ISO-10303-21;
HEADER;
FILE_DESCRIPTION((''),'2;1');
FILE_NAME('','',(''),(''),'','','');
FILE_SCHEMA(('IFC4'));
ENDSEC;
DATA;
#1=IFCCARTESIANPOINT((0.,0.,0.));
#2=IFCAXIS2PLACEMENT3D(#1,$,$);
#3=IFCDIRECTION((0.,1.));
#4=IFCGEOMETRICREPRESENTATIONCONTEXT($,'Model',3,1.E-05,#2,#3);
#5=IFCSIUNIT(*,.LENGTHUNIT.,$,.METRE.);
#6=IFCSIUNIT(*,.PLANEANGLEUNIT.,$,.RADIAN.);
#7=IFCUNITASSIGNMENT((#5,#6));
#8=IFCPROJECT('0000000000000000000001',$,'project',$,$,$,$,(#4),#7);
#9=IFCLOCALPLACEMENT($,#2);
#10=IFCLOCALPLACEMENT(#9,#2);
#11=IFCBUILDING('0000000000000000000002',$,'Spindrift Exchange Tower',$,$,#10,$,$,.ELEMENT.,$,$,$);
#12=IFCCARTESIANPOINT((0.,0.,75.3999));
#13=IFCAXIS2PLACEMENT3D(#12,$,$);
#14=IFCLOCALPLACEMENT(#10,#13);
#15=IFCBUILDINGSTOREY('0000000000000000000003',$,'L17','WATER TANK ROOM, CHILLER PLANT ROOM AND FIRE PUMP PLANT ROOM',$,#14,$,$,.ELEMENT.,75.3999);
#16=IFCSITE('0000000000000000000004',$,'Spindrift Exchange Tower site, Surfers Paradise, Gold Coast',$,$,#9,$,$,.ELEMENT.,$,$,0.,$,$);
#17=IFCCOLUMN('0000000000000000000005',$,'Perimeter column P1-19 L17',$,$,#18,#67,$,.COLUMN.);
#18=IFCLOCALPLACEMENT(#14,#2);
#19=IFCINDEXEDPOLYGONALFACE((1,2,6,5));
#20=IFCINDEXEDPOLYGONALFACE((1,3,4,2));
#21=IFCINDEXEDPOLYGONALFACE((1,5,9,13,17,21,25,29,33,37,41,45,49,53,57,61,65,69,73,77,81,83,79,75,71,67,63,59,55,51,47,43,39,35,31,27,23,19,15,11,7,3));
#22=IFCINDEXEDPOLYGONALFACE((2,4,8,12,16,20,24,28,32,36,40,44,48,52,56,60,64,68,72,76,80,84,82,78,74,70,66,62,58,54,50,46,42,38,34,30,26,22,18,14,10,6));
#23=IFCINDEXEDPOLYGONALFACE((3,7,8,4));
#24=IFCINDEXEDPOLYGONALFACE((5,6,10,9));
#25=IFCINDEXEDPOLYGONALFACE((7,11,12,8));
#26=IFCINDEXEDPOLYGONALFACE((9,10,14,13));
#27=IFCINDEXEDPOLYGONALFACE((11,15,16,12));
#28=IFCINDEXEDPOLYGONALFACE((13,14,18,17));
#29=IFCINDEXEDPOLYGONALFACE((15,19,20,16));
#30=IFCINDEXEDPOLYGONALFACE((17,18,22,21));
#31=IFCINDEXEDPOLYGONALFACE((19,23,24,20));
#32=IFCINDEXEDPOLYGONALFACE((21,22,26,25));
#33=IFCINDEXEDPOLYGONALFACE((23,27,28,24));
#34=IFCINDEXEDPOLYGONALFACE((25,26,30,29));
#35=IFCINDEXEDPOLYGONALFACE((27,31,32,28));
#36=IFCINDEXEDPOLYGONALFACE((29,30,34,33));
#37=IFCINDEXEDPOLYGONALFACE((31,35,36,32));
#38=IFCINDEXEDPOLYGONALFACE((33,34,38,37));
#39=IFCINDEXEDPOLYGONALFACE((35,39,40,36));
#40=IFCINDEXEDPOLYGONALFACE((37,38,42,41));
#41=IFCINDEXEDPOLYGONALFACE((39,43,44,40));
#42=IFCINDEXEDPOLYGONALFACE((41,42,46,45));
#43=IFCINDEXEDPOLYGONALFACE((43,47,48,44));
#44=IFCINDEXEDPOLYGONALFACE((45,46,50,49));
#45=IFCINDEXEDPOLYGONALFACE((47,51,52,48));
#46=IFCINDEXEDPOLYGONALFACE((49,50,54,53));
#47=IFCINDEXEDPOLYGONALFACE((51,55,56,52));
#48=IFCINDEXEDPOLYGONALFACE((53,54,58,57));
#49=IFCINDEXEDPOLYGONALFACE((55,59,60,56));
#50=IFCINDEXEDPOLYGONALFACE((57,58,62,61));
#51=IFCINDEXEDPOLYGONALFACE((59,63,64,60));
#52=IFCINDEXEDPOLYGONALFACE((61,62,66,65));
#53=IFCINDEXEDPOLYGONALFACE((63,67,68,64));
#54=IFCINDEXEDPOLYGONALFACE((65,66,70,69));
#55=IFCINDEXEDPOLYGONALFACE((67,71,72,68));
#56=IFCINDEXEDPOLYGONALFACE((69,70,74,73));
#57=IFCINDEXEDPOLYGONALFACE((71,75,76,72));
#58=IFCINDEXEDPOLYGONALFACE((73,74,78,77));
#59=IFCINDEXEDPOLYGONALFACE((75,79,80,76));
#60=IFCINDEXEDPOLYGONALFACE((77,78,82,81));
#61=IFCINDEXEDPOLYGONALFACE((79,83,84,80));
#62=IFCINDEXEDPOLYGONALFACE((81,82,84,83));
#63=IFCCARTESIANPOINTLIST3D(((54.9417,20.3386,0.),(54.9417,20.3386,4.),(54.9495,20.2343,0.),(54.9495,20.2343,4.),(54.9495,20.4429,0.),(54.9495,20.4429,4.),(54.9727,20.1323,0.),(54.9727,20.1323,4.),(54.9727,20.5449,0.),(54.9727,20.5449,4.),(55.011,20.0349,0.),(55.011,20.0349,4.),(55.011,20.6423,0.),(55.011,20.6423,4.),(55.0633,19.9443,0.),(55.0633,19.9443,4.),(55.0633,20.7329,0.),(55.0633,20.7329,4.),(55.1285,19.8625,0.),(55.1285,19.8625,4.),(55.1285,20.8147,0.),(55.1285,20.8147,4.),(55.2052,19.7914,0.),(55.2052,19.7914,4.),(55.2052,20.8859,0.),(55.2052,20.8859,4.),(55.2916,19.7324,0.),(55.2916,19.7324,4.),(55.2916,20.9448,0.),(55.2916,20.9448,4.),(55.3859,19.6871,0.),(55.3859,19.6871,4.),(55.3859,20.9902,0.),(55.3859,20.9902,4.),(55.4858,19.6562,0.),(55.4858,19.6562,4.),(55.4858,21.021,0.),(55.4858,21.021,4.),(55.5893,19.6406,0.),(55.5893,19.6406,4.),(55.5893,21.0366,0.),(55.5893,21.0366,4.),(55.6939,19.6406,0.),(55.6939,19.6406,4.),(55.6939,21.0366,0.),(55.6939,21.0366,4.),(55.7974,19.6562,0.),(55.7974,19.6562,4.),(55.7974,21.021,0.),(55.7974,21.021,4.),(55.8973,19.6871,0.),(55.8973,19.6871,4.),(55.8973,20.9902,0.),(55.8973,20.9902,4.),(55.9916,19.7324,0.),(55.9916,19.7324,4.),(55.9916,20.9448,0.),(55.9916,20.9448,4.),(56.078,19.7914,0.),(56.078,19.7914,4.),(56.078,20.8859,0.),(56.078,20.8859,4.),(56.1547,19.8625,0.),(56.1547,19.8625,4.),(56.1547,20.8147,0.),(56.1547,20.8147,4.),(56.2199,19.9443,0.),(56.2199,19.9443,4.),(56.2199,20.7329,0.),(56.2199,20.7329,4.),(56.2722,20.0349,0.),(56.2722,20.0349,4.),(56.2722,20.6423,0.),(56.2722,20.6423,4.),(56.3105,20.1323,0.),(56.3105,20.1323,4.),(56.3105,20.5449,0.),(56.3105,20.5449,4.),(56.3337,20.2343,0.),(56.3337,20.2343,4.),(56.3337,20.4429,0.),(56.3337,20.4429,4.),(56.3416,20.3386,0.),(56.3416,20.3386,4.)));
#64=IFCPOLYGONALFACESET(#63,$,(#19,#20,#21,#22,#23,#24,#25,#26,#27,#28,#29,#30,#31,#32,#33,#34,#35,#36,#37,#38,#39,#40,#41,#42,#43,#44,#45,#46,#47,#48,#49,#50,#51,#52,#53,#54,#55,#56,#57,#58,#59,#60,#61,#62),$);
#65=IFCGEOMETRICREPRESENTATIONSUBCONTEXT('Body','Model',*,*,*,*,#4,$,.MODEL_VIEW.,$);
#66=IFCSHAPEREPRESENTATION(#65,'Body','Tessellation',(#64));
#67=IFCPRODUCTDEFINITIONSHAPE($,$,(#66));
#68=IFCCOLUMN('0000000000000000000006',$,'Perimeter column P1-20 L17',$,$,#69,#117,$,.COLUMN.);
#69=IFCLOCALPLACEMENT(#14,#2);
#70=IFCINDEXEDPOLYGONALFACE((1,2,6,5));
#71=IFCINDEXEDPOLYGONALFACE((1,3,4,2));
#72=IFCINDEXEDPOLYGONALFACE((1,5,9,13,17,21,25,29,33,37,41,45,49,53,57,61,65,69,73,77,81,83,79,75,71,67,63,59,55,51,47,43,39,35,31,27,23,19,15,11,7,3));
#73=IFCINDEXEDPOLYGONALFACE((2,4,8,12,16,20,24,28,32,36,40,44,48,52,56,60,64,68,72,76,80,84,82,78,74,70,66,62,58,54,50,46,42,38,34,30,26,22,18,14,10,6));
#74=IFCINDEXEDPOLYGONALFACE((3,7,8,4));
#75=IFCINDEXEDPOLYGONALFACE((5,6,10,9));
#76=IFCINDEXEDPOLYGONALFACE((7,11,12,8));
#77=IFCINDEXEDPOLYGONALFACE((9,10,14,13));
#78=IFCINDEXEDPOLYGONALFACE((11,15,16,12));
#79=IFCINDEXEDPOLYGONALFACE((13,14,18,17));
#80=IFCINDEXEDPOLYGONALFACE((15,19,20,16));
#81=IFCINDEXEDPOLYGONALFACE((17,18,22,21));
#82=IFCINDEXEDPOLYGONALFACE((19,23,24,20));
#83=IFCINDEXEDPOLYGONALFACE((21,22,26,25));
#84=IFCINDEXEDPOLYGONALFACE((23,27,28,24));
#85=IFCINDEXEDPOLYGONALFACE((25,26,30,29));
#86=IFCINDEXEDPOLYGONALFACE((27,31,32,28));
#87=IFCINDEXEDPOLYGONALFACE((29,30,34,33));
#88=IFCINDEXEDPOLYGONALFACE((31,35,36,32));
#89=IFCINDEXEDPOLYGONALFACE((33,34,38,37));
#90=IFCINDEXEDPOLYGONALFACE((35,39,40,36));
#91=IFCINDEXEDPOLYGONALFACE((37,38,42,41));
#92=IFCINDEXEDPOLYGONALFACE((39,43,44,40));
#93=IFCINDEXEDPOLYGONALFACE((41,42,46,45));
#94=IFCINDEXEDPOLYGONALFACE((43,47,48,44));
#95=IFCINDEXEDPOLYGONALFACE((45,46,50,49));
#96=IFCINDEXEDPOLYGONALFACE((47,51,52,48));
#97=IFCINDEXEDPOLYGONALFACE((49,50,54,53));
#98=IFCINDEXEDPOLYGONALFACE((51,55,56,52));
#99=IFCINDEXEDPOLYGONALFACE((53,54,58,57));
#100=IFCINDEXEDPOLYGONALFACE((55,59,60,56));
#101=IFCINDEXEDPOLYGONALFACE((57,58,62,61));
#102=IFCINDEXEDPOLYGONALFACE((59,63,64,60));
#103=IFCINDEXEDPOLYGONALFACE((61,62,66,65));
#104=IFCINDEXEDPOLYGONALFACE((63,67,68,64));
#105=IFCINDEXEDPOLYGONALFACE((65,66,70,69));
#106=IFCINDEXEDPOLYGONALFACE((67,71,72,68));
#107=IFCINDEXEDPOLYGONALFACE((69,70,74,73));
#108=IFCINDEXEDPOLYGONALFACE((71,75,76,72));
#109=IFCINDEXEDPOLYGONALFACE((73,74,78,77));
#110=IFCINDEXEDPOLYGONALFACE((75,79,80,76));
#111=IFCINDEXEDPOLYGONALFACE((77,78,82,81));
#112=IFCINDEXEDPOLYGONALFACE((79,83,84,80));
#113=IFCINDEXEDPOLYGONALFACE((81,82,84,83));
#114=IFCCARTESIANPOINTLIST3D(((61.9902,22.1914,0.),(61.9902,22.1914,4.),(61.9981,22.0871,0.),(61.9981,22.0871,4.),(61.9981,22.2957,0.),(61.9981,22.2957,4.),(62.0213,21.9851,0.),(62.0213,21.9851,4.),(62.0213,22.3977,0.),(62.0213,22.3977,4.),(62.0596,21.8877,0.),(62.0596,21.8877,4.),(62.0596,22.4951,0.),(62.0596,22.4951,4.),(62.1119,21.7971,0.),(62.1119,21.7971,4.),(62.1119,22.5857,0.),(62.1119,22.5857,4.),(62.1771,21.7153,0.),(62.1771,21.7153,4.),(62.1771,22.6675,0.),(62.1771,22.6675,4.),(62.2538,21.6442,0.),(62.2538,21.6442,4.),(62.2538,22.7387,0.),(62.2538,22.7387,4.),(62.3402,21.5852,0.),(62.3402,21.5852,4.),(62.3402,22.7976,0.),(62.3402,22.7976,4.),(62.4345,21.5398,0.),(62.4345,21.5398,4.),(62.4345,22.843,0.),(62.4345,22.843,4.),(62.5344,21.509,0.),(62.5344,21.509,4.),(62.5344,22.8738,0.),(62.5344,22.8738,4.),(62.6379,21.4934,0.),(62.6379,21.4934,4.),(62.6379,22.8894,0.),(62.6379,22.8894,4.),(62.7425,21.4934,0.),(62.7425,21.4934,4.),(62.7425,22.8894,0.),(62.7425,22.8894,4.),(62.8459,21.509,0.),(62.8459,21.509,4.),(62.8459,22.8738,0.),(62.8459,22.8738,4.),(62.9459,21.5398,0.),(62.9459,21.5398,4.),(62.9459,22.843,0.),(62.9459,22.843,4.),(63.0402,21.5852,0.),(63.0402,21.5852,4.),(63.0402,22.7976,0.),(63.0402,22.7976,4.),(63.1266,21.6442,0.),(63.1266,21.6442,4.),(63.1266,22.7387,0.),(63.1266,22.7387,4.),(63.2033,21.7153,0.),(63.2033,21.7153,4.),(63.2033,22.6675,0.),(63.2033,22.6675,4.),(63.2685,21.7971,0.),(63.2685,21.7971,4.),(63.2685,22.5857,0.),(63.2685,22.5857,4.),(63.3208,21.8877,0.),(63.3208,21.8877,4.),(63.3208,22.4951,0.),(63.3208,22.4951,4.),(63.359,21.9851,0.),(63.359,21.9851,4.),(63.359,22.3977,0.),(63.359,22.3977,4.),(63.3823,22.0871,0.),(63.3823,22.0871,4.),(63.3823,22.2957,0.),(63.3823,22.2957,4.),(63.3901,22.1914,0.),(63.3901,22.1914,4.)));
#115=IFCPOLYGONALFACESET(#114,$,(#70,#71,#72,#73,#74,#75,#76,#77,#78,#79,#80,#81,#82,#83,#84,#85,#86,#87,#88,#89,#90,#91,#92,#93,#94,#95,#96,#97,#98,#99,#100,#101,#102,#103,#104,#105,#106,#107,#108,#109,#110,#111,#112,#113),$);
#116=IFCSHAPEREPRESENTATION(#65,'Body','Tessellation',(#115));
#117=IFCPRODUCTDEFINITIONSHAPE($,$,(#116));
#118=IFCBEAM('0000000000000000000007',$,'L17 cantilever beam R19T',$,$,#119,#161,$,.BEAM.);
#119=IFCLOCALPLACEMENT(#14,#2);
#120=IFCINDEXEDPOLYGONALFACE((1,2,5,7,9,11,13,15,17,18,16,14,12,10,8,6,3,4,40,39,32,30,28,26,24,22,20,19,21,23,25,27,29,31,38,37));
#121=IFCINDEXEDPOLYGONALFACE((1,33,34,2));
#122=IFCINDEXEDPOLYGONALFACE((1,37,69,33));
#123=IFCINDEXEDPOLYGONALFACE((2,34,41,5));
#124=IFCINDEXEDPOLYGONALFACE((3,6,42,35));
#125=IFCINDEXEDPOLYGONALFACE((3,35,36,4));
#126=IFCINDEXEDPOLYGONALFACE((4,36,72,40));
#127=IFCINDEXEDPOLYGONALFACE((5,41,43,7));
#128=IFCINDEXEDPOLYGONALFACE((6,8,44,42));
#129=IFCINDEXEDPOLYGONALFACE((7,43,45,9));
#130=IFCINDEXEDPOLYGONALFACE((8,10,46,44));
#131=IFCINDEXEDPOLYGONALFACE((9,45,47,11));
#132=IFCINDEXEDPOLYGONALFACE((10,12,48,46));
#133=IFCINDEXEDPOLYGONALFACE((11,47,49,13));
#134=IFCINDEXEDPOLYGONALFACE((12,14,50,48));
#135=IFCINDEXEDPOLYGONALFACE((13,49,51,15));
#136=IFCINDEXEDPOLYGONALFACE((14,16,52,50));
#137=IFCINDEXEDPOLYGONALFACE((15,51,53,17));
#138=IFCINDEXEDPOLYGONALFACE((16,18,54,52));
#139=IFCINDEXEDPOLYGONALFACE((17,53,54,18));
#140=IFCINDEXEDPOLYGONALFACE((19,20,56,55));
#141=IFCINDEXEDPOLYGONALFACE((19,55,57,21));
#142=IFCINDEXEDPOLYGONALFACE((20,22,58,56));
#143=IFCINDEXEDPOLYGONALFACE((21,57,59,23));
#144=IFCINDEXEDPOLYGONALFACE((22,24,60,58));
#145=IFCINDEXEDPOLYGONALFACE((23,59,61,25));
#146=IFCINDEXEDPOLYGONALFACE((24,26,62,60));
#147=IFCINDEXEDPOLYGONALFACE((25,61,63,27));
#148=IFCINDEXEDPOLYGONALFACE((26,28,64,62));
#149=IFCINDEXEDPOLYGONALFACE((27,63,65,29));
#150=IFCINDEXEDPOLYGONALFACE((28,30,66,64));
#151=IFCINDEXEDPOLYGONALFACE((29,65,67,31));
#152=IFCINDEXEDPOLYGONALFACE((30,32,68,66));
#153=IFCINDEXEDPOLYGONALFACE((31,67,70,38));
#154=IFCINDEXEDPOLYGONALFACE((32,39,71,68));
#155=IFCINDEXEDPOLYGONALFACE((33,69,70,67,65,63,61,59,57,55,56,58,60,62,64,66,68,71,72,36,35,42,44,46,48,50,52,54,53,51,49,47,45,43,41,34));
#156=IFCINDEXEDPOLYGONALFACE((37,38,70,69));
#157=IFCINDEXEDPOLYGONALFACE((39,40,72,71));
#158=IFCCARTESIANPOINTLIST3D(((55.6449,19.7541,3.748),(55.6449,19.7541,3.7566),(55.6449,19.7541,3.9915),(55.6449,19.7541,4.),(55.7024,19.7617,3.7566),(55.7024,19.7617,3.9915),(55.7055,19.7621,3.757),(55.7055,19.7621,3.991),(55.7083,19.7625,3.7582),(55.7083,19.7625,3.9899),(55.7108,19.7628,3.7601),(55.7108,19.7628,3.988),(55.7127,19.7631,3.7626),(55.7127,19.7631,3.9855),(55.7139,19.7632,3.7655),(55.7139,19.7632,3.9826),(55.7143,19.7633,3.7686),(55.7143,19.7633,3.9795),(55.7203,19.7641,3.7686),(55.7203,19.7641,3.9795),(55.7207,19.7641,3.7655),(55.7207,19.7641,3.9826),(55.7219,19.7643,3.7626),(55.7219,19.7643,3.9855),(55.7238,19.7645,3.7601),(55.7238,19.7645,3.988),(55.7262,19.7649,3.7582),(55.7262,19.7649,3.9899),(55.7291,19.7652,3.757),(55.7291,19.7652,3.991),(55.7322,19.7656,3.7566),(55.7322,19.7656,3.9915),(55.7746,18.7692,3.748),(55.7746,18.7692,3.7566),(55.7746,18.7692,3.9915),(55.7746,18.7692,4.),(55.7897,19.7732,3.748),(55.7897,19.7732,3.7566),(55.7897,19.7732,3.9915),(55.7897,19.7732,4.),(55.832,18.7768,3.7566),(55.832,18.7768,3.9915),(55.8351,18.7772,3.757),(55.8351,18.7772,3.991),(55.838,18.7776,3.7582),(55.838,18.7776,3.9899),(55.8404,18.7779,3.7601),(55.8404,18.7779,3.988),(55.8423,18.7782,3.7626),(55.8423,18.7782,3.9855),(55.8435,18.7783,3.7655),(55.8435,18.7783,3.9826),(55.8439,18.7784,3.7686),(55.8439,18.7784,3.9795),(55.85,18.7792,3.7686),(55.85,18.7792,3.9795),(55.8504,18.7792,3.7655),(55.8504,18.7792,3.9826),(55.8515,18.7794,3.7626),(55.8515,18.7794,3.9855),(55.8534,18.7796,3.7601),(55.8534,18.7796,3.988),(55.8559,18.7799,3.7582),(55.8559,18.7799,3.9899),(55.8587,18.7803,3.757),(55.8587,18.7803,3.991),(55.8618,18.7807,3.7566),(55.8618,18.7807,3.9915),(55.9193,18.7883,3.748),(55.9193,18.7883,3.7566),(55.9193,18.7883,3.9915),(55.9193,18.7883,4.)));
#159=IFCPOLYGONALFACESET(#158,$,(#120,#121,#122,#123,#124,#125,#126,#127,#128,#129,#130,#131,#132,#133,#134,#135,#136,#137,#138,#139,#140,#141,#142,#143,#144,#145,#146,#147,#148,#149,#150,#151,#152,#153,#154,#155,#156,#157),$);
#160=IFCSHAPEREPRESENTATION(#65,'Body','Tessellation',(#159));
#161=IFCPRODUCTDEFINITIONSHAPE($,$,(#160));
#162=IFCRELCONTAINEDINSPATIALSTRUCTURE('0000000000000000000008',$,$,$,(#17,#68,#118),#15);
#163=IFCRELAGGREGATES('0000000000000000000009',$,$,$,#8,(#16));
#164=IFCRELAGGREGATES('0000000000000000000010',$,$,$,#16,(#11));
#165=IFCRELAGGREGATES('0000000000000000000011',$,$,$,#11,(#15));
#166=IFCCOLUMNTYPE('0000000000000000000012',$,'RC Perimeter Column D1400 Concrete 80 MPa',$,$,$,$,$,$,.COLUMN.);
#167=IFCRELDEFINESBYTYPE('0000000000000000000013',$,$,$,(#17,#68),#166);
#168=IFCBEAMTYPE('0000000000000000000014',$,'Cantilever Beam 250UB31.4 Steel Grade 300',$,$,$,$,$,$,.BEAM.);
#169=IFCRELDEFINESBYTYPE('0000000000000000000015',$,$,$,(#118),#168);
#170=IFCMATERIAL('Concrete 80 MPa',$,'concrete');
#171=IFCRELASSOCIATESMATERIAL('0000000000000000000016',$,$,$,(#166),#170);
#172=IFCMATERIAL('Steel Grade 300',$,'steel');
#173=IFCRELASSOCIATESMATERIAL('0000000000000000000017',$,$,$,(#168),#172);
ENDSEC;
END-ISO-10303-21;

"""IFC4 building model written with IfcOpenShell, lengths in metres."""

from ifc_helpers import new_model, si_unit, direction, frame, origin, origin_2d, place, context, subcontext, project, spatial, circle, i_section, extrude, source, transform, mapped, material, material_profile, profile_set, type_object, element, save


model = new_model("IFC4")

# Units and contexts
model_context = context("Model", 3, precision=1e-05, world=origin(), true_north=direction((0.0, 1.0)))
body_context = subcontext(model_context, "Body", "Model", "MODEL_VIEW")
ifc_project = project(units=[si_unit("LENGTHUNIT", "METRE"), si_unit("PLANEANGLEUNIT", "RADIAN")], contexts=[model_context])

# Site, building, storey
site_placement = place(None, origin())
site = spatial("IfcSite", under=ifc_project, at=site_placement, Name="Spindrift Exchange Tower site, Surfers Paradise, Gold Coast", CompositionType="ELEMENT", RefElevation=0.0)
building_placement = place(site_placement, origin())
building = spatial("IfcBuilding", under=site, at=building_placement, Name="Spindrift Exchange Tower", CompositionType="ELEMENT")
storey_placement = place(building_placement, frame((0.0, 0.0, 75.3999)))
storey = spatial("IfcBuildingStorey", under=building, at=storey_placement, Name="L17", Description="WATER TANK ROOM, CHILLER PLANT ROOM AND FIRE PUMP PLANT ROOM", CompositionType="ELEMENT", Elevation=75.3999)

# Columns
ifc_material_1 = material(Name="Concrete 80 MPa", Category="concrete")
ifc_material_profile_1 = material_profile(ifc_material_1, circle(Radius=0.7, at=origin_2d()), Name="RC D1400")
ifc_profile_set_1 = profile_set([ifc_material_profile_1], Name="Concrete 80 MPa")
column_type = type_object("IfcColumnType", Name="RC Perimeter Column D1400 Concrete 80 MPa", PredefinedType="COLUMN", material=ifc_profile_set_1)
shared_shape_1 = source(origin(), body_context, "Body", "SweptSolid", [
    extrude(circle(Radius=0.7, at=origin_2d()), origin(), (0.0, 0.0, 1.0), 4.0),
])
for number, where, z_axis, x_axis, name in (
    (1, (55.6416, 20.3386, 0.0), (0.0, 0.0, 1.0), (1.0, 0.0, 0.0), "Perimeter column P1-19 L17"),
    (2, (62.6902, 22.1914, 0.0), (0.0, 0.0, 1.0), (1.0, 0.0, 0.0), "Perimeter column P1-20 L17"),
):
    element("IfcColumn", number, at=place(storey_placement, frame(where, z_axis=z_axis, x_axis=x_axis)), inside=storey, type_object=column_type, Name=name, PredefinedType="COLUMN", context=body_context, shape_type="MappedRepresentation", body=[
        mapped(shared_shape_1, transform((0.0, 0.0, 0.0), scale=1.0)),
    ])

# Beam
ifc_material_2 = material(Name="Steel Grade 300", Category="steel")
ifc_material_profile_2 = material_profile(ifc_material_2, i_section(OverallWidth=0.146, OverallDepth=0.252, WebThickness=0.0061, FlangeThickness=0.0085, FilletRadius=0.012, at=origin_2d()), Name="250UB31.4")
ifc_profile_set_2 = profile_set([ifc_material_profile_2], Name="Steel Grade 300")
beam_type_1 = type_object("IfcBeamType", Name="Cantilever Beam 250UB31.4 Steel Grade 300", PredefinedType="BEAM", material=ifc_profile_set_2)
shared_shape_2 = source(origin(), body_context, "Body", "SweptSolid", [
    extrude(i_section(OverallWidth=0.146, OverallDepth=0.252, WebThickness=0.0061, FlangeThickness=0.0085, FilletRadius=0.012, at=origin_2d()), origin(), (0.0, 0.0, 1.0), 0.9934),
])
beam_1_placement = place(storey_placement, frame((55.7173, 19.7637, 3.874), z_axis=(0.130505, -0.991448, 0.0), x_axis=(0.991448, 0.130505, 0.0)))
element("IfcBeam", 3, at=beam_1_placement, inside=storey, type_object=beam_type_1, Name="L17 cantilever beam R19T", PredefinedType="BEAM", context=body_context, shape_type="MappedRepresentation", body=[
    mapped(shared_shape_2, transform((0.0, 0.0, 0.0), scale=1.0)),
])

save(model, "model.ifc")
